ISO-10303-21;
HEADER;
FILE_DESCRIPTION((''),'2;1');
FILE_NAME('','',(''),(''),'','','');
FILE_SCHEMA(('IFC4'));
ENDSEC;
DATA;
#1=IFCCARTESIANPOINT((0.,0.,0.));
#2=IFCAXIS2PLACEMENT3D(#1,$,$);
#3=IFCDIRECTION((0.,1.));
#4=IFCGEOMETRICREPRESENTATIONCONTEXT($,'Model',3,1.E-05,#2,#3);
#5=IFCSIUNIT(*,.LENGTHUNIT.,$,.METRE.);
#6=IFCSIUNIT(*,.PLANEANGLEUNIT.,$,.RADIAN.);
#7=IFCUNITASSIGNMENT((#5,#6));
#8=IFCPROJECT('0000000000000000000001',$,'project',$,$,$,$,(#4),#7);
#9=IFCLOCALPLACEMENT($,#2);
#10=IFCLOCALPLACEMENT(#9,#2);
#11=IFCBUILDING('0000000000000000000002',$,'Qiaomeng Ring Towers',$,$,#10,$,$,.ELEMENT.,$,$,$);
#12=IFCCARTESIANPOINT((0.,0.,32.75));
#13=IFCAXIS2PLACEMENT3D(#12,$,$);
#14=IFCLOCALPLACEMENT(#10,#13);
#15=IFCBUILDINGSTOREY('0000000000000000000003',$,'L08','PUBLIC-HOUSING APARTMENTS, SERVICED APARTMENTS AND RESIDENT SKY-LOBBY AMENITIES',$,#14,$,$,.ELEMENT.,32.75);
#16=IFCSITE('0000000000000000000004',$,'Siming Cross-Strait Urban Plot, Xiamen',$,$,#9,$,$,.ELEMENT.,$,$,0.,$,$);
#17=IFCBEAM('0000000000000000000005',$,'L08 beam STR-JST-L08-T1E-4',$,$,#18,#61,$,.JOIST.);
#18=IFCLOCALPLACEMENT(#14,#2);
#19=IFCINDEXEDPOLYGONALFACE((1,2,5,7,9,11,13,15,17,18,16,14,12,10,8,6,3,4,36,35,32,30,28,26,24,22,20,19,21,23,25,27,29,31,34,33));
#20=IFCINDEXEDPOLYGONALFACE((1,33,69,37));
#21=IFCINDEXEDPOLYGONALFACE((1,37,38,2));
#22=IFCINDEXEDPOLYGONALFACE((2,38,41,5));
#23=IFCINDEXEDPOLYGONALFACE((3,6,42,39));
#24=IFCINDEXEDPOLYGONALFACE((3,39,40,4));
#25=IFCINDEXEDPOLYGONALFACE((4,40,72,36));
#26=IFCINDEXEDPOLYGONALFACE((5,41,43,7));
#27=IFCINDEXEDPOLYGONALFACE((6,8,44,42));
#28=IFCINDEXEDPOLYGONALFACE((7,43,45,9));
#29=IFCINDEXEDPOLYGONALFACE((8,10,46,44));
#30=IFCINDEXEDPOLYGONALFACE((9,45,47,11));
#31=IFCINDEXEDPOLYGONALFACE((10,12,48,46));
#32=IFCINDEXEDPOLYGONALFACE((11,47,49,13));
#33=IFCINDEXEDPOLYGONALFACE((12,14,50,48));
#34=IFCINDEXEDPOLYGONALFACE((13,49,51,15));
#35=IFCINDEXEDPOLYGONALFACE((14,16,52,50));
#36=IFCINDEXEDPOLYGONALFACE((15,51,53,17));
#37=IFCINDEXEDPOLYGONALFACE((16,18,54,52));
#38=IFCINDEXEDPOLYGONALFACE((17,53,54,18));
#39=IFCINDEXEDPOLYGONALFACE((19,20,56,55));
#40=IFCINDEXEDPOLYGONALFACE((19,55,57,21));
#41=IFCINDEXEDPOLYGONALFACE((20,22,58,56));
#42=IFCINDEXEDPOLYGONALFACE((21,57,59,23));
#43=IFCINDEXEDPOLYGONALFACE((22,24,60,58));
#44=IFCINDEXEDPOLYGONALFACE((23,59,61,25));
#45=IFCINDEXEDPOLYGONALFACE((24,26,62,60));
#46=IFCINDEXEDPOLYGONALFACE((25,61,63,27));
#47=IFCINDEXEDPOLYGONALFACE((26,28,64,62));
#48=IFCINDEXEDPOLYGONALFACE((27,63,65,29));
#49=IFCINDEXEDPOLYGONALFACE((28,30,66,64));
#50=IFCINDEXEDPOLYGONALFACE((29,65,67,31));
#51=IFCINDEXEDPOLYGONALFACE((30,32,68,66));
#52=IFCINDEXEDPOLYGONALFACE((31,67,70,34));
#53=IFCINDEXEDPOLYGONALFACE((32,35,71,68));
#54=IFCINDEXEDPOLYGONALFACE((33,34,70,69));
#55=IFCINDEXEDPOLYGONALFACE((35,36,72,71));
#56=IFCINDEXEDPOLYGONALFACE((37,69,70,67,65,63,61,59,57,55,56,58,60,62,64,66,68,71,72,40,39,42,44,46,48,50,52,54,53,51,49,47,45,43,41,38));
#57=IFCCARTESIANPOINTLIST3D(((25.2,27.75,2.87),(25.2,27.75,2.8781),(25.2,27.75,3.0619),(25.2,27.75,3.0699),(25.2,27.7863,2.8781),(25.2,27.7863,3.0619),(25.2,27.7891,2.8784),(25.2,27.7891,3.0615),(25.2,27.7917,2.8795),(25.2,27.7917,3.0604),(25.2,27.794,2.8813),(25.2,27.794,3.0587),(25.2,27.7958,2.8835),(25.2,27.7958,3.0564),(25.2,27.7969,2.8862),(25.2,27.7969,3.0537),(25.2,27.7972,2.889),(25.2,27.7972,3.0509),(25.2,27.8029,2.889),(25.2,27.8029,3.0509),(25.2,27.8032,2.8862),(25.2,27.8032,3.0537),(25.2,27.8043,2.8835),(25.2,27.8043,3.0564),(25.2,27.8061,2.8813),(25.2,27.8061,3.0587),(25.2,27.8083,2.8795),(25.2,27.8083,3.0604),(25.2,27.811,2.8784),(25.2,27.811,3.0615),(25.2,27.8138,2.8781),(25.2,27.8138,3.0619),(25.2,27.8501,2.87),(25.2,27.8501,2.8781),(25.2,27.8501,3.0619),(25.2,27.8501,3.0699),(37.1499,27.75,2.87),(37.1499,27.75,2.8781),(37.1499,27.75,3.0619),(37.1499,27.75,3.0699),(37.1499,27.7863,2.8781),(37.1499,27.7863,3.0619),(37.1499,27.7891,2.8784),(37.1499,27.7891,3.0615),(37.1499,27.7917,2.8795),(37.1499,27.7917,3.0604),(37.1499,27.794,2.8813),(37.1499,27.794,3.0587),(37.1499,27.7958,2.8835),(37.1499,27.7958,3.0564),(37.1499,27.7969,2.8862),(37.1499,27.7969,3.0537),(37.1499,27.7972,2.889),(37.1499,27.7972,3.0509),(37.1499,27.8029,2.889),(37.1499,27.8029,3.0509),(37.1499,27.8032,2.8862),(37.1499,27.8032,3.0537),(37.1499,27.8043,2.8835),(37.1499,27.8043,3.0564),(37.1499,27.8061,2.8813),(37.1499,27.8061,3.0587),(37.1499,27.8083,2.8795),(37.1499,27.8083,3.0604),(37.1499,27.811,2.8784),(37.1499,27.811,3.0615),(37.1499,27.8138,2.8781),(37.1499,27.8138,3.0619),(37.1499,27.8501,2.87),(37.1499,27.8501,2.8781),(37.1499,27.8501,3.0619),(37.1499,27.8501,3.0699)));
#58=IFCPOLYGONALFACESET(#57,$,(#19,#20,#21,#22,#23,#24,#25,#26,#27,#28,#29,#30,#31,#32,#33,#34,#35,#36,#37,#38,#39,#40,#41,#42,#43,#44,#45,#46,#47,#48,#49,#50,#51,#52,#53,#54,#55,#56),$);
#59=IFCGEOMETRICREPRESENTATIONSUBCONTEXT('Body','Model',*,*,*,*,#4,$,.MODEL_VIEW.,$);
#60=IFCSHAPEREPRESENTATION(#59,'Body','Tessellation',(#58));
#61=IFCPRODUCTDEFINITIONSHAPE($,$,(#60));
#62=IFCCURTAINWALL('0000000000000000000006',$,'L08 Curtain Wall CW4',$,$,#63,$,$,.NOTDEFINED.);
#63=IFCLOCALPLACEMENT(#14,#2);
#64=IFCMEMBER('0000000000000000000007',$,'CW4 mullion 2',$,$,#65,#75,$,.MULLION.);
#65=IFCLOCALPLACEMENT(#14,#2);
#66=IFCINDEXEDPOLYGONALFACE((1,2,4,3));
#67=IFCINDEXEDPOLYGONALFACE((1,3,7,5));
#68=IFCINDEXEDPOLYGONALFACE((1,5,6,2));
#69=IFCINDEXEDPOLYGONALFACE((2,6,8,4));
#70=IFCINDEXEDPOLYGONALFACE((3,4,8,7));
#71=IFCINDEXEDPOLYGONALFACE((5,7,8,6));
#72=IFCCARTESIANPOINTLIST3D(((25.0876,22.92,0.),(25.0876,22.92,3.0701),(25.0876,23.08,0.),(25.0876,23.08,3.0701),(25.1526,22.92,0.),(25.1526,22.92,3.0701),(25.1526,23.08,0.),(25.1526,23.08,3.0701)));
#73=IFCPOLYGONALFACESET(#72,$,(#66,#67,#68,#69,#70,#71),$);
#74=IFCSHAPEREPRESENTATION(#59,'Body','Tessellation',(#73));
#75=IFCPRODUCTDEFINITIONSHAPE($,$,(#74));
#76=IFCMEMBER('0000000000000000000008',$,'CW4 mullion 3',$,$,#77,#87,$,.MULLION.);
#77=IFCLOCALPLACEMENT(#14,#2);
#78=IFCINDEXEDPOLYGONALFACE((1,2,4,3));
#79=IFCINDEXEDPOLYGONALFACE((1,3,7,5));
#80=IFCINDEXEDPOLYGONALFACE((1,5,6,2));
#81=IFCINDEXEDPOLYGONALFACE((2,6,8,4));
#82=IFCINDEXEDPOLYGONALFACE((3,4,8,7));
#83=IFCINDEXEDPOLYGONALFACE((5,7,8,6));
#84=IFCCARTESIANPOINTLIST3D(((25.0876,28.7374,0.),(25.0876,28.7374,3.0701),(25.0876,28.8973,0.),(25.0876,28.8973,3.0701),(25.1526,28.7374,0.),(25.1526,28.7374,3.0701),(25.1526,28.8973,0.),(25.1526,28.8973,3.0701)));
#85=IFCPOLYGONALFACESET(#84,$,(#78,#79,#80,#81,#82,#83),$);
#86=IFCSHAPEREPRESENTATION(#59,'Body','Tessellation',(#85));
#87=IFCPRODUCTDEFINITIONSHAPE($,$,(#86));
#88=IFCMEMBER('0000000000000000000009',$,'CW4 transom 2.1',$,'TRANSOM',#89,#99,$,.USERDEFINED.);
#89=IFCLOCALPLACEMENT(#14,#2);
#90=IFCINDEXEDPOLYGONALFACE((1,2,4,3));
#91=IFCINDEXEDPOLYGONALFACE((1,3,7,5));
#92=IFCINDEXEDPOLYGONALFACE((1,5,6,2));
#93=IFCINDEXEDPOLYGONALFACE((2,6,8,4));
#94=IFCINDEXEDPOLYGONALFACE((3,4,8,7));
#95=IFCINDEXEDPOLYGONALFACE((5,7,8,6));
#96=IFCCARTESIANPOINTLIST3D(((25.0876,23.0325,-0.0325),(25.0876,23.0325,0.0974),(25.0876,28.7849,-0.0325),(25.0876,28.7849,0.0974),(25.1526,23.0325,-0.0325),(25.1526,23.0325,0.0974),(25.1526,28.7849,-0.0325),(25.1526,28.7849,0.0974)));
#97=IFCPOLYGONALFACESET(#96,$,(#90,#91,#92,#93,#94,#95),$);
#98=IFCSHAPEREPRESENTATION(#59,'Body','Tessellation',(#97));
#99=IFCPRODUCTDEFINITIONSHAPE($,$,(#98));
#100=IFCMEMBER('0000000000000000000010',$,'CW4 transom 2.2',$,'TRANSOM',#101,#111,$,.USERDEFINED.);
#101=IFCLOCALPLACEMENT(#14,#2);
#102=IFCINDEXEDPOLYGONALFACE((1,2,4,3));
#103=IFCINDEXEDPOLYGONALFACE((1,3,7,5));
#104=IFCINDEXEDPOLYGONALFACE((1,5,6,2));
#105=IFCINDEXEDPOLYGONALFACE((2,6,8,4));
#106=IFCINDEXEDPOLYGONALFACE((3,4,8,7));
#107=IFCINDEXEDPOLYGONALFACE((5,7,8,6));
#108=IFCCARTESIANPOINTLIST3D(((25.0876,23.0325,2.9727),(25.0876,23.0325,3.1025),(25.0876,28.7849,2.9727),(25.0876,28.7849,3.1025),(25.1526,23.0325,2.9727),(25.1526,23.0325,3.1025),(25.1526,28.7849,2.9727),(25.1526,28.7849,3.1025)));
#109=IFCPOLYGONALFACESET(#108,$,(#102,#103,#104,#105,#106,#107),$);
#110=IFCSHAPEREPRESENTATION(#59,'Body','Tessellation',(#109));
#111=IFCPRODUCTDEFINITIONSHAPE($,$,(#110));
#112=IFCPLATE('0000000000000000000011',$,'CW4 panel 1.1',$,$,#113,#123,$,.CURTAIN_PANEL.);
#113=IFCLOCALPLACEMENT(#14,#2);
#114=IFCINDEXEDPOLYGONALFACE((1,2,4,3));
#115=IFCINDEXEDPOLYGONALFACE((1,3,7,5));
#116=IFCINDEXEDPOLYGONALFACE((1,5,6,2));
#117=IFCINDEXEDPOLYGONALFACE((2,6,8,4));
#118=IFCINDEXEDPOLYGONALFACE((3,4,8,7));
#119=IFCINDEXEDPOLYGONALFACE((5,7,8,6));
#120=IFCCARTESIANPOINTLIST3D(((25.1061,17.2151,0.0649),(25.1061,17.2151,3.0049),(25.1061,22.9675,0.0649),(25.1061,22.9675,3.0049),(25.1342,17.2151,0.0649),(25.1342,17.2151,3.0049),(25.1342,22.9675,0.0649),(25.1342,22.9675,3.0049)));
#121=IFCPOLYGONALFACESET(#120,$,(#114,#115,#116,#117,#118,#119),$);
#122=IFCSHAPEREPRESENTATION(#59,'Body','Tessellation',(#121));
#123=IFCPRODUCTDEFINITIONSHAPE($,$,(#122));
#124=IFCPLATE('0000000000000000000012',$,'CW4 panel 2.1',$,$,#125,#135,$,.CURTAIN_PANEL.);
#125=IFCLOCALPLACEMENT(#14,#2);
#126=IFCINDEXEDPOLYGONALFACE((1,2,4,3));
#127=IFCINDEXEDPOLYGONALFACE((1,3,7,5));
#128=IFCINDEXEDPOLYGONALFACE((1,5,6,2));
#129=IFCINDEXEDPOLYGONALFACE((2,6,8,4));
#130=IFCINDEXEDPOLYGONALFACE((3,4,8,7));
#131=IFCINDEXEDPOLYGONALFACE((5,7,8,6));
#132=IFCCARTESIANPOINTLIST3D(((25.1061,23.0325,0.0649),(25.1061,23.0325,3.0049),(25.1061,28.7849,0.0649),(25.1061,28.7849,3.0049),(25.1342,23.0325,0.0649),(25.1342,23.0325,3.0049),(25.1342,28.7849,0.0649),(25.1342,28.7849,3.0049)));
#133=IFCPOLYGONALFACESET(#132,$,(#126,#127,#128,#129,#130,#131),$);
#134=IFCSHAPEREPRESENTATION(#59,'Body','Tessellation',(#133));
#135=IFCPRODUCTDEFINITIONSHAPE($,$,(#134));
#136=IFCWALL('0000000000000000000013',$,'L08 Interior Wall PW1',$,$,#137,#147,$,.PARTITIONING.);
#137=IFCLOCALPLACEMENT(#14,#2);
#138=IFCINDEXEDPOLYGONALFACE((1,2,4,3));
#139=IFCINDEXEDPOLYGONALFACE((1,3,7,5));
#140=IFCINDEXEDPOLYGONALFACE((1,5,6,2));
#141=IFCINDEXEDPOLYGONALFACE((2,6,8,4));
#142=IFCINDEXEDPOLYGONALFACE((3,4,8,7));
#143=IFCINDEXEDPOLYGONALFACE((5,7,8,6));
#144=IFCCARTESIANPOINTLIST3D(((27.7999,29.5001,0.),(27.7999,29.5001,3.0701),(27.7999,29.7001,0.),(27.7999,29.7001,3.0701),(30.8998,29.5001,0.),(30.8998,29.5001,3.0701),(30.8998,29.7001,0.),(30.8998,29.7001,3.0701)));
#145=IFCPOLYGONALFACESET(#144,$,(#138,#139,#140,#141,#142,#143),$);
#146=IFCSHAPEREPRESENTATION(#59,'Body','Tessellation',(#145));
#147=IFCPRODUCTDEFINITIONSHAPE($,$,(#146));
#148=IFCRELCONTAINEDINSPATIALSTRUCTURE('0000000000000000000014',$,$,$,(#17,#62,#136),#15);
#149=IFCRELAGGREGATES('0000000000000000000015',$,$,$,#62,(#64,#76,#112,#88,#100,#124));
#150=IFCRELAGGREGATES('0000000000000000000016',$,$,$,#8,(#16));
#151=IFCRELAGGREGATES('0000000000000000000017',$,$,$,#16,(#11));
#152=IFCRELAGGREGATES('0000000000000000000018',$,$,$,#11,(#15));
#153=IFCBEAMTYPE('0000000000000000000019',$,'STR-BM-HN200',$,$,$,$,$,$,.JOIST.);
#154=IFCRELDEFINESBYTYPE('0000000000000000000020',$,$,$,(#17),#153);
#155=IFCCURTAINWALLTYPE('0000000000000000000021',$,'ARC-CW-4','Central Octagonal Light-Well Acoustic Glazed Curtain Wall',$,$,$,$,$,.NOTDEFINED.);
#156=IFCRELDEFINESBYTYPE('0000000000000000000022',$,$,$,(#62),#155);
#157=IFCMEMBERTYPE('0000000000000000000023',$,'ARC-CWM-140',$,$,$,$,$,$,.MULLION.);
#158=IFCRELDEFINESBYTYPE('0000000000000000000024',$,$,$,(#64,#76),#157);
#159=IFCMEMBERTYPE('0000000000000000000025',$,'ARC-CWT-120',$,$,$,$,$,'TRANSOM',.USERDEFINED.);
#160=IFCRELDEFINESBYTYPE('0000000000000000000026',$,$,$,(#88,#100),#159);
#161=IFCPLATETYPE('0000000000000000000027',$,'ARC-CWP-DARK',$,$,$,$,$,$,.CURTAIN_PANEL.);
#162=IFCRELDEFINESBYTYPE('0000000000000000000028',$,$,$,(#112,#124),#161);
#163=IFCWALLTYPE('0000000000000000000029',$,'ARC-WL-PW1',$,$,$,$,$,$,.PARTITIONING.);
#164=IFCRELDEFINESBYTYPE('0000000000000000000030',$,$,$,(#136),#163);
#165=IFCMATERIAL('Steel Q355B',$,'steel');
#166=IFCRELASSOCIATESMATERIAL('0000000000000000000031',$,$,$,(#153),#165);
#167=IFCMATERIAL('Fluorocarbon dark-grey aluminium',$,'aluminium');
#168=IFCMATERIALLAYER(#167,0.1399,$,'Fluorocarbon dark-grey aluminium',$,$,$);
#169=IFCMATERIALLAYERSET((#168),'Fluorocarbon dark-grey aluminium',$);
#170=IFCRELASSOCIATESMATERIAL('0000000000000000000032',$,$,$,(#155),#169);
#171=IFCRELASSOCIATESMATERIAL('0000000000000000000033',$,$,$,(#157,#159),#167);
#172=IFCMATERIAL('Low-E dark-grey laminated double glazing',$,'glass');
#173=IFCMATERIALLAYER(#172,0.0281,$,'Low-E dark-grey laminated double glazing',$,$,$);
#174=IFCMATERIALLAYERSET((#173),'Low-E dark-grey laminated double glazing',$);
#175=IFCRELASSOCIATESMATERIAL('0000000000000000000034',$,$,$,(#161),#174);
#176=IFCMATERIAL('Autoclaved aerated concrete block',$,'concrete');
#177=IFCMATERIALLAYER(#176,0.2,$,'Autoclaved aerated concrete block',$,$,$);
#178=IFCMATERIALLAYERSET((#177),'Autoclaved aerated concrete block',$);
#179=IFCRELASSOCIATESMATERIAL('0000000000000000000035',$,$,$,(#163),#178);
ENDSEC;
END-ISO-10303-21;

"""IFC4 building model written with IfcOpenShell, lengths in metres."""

from ifc_helpers import new_model, si_unit, direction, frame, frame_2d, origin, origin_2d, place, context, subcontext, project, spatial, rectangle, i_section, extrude, source, transform, mapped, material, layer, layer_set, material_profile, profile_set, type_object, element, aggregate, save


model = new_model("IFC4")

# Units and contexts
model_context = context("Model", 3, precision=1e-05, world=origin(), true_north=direction((0.0, 1.0)))
body_context = subcontext(model_context, "Body", "Model", "MODEL_VIEW")
ifc_project = project(units=[si_unit("LENGTHUNIT", "METRE"), si_unit("PLANEANGLEUNIT", "RADIAN")], contexts=[model_context])

# Site, building, storey
site_placement = place(None, origin())
site = spatial("IfcSite", under=ifc_project, at=site_placement, Name="Siming Cross-Strait Urban Plot, Xiamen", CompositionType="ELEMENT", RefElevation=0.0)
building_placement = place(site_placement, origin())
building = spatial("IfcBuilding", under=site, at=building_placement, Name="Qiaomeng Ring Towers", CompositionType="ELEMENT")
storey_placement = place(building_placement, frame((0.0, 0.0, 32.75)))
storey = spatial("IfcBuildingStorey", under=building, at=storey_placement, Name="L08", Description="PUBLIC-HOUSING APARTMENTS, SERVICED APARTMENTS AND RESIDENT SKY-LOBBY AMENITIES", CompositionType="ELEMENT", Elevation=32.75)

# Beam
ifc_material_1 = material(Name="Steel Q355B", Category="steel")
ifc_material_profile_1 = material_profile(ifc_material_1, i_section(OverallWidth=0.1001, OverallDepth=0.2, WebThickness=0.0056, FlangeThickness=0.0081, FilletRadius=0.011, at=origin_2d()), Name="HN 200x100x5.5x8")
ifc_profile_set_1 = profile_set([ifc_material_profile_1], Name="Steel Q355B")
beam_type_1 = type_object("IfcBeamType", Name="STR-BM-HN200", PredefinedType="JOIST", material=ifc_profile_set_1)
shared_shape_1 = source(origin(), body_context, "Body", "SweptSolid", [
    extrude(i_section(OverallWidth=0.1001, OverallDepth=0.2, WebThickness=0.0056, FlangeThickness=0.0081, FilletRadius=0.011, at=origin_2d()), origin(), (0.0, 0.0, 1.0), 11.95),
])
for number, where, z_axis, x_axis, name in (
    (1, (25.2, 27.8, 2.97), (1.0, 0.0, 0.0), (0.0, 1.0, 0.0), "L08 beam STR-JST-L08-T1E-4"),
):
    element("IfcBeam", number, at=place(storey_placement, frame(where, z_axis=z_axis, x_axis=x_axis)), inside=storey, type_object=beam_type_1, Name=name, PredefinedType="JOIST", context=body_context, shape_type="MappedRepresentation", body=[
        mapped(shared_shape_1, transform((0.0, 0.0, 0.0), x_axis=(1.0, 0.0, 0.0), y_axis=(0.0, 1.0, 0.0), z_axis=(0.0, 0.0, 1.0), scale=1.0)),
    ])

# Curtain wall, members, plates
ifc_material_2 = material(Name="Fluorocarbon dark-grey aluminium", Category="aluminium")
ifc_layer_1 = layer(ifc_material_2, 0.1399, Name="Fluorocarbon dark-grey aluminium")
ifc_layer_set_1 = layer_set([ifc_layer_1], Name="Fluorocarbon dark-grey aluminium")
curtain_wall_type = type_object("IfcCurtainWallType", Name="ARC-CW-4", Description="Central Octagonal Light-Well Acoustic Glazed Curtain Wall", PredefinedType="NOTDEFINED", material=ifc_layer_set_1)
curtain_wall_placement = place(storey_placement, origin())
curtain_wall = element("IfcCurtainWall", 2, at=curtain_wall_placement, inside=storey, type_object=curtain_wall_type, Name="L08 Curtain Wall CW4", PredefinedType="NOTDEFINED")
ifc_material_profile_2 = material_profile(ifc_material_2, rectangle(XDim=0.0649, YDim=0.1599, at=origin_2d()), Name="ALU MULL 65x160")
ifc_profile_set_2 = profile_set([ifc_material_profile_2], Name="Fluorocarbon dark-grey aluminium")
member_type_1 = type_object("IfcMemberType", Name="ARC-CWM-140", PredefinedType="MULLION", material=ifc_profile_set_2)
shared_shape_2 = source(origin(), body_context, "Body", "SweptSolid", [
    extrude(rectangle(XDim=0.0649, YDim=0.1599, at=origin_2d()), origin(), (0.0, 0.0, 1.0), 3.0701),
])
member_1_placement = place(storey_placement, frame((25.1201, 23.0, 0.0), z_axis=(0.0, 0.0, 1.0), x_axis=(-1.0, 0.0, 0.0)))
member_1 = element("IfcMember", 3, at=member_1_placement, type_object=member_type_1, Name="CW4 mullion 2", PredefinedType="MULLION", context=body_context, shape_type="MappedRepresentation", body=[
    mapped(shared_shape_2, transform((0.0, 0.0, 0.0), x_axis=(1.0, 0.0, 0.0), y_axis=(0.0, 1.0, 0.0), z_axis=(0.0, 0.0, 1.0), scale=1.0)),
])
member_2_placement = place(storey_placement, frame((25.1201, 28.8174, 0.0), z_axis=(0.0, 0.0, 1.0), x_axis=(-1.0, 0.0, 0.0)))
member_2 = element("IfcMember", 4, at=member_2_placement, type_object=member_type_1, Name="CW4 mullion 3", PredefinedType="MULLION", context=body_context, shape_type="MappedRepresentation", body=[
    mapped(shared_shape_2, transform((0.0, 0.0, 0.0), x_axis=(1.0, 0.0, 0.0), y_axis=(0.0, 1.0, 0.0), z_axis=(0.0, 0.0, 1.0), scale=1.0)),
])
ifc_material_profile_3 = material_profile(ifc_material_2, rectangle(XDim=0.0649, YDim=0.1299, at=origin_2d()), Name="ALU TRAN 65x130")
ifc_profile_set_3 = profile_set([ifc_material_profile_3], Name="Fluorocarbon dark-grey aluminium")
member_type_2 = type_object("IfcMemberType", Name="ARC-CWT-120", ElementType="TRANSOM", PredefinedType="USERDEFINED", material=ifc_profile_set_3)
shared_shape_3 = source(origin(), body_context, "Body", "SweptSolid", [
    extrude(rectangle(XDim=0.0649, YDim=0.1299, at=origin_2d()), origin(), (0.0, 0.0, 1.0), 5.7524),
])
member_3_placement = place(storey_placement, frame((25.1201, 23.0325, 0.0325), z_axis=(0.0, 1.0, 0.0), x_axis=(-1.0, 0.0, 0.0)))
member_3 = element("IfcMember", 5, at=member_3_placement, type_object=member_type_2, Name="CW4 transom 2.1", ObjectType="TRANSOM", PredefinedType="USERDEFINED", context=body_context, shape_type="MappedRepresentation", body=[
    mapped(shared_shape_3, transform((0.0, 0.0, 0.0), x_axis=(1.0, 0.0, 0.0), y_axis=(0.0, 1.0, 0.0), z_axis=(0.0, 0.0, 1.0), scale=1.0)),
])
member_4_placement = place(storey_placement, frame((25.1201, 23.0325, 3.0376), z_axis=(0.0, 1.0, 0.0), x_axis=(-1.0, 0.0, 0.0)))
member_4 = element("IfcMember", 6, at=member_4_placement, type_object=member_type_2, Name="CW4 transom 2.2", ObjectType="TRANSOM", PredefinedType="USERDEFINED", context=body_context, shape_type="MappedRepresentation", body=[
    mapped(shared_shape_3, transform((0.0, 0.0, 0.0), x_axis=(1.0, 0.0, 0.0), y_axis=(0.0, 1.0, 0.0), z_axis=(0.0, 0.0, 1.0), scale=1.0)),
])
ifc_material_3 = material(Name="Low-E dark-grey laminated double glazing", Category="glass")
ifc_layer_2 = layer(ifc_material_3, 0.0281, Name="Low-E dark-grey laminated double glazing")
ifc_layer_set_2 = layer_set([ifc_layer_2], Name="Low-E dark-grey laminated double glazing")
plate_type = type_object("IfcPlateType", Name="ARC-CWP-DARK", PredefinedType="CURTAIN_PANEL", material=ifc_layer_set_2)
shared_shape_4 = source(origin(), body_context, "Body", "SweptSolid", [
    extrude(rectangle(XDim=5.7524, YDim=0.0281, at=origin_2d()), origin(), (0.0, 0.0, 1.0), 2.9399),
])
plate_1_placement = place(storey_placement, frame((25.1201, 20.0913, 0.0649), z_axis=(0.0, 0.0, 1.0), x_axis=(0.0, 1.0, 0.0)))
plate_1 = element("IfcPlate", 7, at=plate_1_placement, type_object=plate_type, Name="CW4 panel 1.1", PredefinedType="CURTAIN_PANEL", context=body_context, shape_type="MappedRepresentation", body=[
    mapped(shared_shape_4, transform((0.0, 0.0, 0.0), x_axis=(1.0, 0.0, 0.0), y_axis=(0.0, 1.0, 0.0), z_axis=(0.0, 0.0, 1.0), scale=1.0)),
])
plate_2_placement = place(storey_placement, frame((25.1201, 25.9087, 0.0649), z_axis=(0.0, 0.0, 1.0), x_axis=(0.0, 1.0, 0.0)))
plate_2 = element("IfcPlate", 8, at=plate_2_placement, type_object=plate_type, Name="CW4 panel 2.1", PredefinedType="CURTAIN_PANEL", context=body_context, shape_type="MappedRepresentation", body=[
    mapped(shared_shape_4, transform((0.0, 0.0, 0.0), x_axis=(1.0, 0.0, 0.0), y_axis=(0.0, 1.0, 0.0), z_axis=(0.0, 0.0, 1.0), scale=1.0)),
])
aggregate(curtain_wall, [member_1, member_2, plate_1, member_3, member_4, plate_2])

# Wall
ifc_material_4 = material(Name="Autoclaved aerated concrete block", Category="concrete")
ifc_layer_3 = layer(ifc_material_4, 0.2, Name="Autoclaved aerated concrete block")
ifc_layer_set_3 = layer_set([ifc_layer_3], Name="Autoclaved aerated concrete block")
wall_type_1 = type_object("IfcWallType", Name="ARC-WL-PW1", PredefinedType="PARTITIONING", material=ifc_layer_set_3)
wall_1_placement = place(storey_placement, frame((27.8, 29.6001, 0.0), z_axis=(0.0, 0.0, 1.0), x_axis=(1.0, 0.0, 0.0)))
element("IfcWall", 9, at=wall_1_placement, inside=storey, type_object=wall_type_1, Name="L08 Interior Wall PW1", PredefinedType="PARTITIONING", context=body_context, shape_type="SweptSolid", body=[
    extrude(rectangle(XDim=3.0999, YDim=0.2, at=frame_2d((1.5498, 0.0))), origin(), (0.0, 0.0, 1.0), 3.0701),
])

save(model, "model.ifc")
